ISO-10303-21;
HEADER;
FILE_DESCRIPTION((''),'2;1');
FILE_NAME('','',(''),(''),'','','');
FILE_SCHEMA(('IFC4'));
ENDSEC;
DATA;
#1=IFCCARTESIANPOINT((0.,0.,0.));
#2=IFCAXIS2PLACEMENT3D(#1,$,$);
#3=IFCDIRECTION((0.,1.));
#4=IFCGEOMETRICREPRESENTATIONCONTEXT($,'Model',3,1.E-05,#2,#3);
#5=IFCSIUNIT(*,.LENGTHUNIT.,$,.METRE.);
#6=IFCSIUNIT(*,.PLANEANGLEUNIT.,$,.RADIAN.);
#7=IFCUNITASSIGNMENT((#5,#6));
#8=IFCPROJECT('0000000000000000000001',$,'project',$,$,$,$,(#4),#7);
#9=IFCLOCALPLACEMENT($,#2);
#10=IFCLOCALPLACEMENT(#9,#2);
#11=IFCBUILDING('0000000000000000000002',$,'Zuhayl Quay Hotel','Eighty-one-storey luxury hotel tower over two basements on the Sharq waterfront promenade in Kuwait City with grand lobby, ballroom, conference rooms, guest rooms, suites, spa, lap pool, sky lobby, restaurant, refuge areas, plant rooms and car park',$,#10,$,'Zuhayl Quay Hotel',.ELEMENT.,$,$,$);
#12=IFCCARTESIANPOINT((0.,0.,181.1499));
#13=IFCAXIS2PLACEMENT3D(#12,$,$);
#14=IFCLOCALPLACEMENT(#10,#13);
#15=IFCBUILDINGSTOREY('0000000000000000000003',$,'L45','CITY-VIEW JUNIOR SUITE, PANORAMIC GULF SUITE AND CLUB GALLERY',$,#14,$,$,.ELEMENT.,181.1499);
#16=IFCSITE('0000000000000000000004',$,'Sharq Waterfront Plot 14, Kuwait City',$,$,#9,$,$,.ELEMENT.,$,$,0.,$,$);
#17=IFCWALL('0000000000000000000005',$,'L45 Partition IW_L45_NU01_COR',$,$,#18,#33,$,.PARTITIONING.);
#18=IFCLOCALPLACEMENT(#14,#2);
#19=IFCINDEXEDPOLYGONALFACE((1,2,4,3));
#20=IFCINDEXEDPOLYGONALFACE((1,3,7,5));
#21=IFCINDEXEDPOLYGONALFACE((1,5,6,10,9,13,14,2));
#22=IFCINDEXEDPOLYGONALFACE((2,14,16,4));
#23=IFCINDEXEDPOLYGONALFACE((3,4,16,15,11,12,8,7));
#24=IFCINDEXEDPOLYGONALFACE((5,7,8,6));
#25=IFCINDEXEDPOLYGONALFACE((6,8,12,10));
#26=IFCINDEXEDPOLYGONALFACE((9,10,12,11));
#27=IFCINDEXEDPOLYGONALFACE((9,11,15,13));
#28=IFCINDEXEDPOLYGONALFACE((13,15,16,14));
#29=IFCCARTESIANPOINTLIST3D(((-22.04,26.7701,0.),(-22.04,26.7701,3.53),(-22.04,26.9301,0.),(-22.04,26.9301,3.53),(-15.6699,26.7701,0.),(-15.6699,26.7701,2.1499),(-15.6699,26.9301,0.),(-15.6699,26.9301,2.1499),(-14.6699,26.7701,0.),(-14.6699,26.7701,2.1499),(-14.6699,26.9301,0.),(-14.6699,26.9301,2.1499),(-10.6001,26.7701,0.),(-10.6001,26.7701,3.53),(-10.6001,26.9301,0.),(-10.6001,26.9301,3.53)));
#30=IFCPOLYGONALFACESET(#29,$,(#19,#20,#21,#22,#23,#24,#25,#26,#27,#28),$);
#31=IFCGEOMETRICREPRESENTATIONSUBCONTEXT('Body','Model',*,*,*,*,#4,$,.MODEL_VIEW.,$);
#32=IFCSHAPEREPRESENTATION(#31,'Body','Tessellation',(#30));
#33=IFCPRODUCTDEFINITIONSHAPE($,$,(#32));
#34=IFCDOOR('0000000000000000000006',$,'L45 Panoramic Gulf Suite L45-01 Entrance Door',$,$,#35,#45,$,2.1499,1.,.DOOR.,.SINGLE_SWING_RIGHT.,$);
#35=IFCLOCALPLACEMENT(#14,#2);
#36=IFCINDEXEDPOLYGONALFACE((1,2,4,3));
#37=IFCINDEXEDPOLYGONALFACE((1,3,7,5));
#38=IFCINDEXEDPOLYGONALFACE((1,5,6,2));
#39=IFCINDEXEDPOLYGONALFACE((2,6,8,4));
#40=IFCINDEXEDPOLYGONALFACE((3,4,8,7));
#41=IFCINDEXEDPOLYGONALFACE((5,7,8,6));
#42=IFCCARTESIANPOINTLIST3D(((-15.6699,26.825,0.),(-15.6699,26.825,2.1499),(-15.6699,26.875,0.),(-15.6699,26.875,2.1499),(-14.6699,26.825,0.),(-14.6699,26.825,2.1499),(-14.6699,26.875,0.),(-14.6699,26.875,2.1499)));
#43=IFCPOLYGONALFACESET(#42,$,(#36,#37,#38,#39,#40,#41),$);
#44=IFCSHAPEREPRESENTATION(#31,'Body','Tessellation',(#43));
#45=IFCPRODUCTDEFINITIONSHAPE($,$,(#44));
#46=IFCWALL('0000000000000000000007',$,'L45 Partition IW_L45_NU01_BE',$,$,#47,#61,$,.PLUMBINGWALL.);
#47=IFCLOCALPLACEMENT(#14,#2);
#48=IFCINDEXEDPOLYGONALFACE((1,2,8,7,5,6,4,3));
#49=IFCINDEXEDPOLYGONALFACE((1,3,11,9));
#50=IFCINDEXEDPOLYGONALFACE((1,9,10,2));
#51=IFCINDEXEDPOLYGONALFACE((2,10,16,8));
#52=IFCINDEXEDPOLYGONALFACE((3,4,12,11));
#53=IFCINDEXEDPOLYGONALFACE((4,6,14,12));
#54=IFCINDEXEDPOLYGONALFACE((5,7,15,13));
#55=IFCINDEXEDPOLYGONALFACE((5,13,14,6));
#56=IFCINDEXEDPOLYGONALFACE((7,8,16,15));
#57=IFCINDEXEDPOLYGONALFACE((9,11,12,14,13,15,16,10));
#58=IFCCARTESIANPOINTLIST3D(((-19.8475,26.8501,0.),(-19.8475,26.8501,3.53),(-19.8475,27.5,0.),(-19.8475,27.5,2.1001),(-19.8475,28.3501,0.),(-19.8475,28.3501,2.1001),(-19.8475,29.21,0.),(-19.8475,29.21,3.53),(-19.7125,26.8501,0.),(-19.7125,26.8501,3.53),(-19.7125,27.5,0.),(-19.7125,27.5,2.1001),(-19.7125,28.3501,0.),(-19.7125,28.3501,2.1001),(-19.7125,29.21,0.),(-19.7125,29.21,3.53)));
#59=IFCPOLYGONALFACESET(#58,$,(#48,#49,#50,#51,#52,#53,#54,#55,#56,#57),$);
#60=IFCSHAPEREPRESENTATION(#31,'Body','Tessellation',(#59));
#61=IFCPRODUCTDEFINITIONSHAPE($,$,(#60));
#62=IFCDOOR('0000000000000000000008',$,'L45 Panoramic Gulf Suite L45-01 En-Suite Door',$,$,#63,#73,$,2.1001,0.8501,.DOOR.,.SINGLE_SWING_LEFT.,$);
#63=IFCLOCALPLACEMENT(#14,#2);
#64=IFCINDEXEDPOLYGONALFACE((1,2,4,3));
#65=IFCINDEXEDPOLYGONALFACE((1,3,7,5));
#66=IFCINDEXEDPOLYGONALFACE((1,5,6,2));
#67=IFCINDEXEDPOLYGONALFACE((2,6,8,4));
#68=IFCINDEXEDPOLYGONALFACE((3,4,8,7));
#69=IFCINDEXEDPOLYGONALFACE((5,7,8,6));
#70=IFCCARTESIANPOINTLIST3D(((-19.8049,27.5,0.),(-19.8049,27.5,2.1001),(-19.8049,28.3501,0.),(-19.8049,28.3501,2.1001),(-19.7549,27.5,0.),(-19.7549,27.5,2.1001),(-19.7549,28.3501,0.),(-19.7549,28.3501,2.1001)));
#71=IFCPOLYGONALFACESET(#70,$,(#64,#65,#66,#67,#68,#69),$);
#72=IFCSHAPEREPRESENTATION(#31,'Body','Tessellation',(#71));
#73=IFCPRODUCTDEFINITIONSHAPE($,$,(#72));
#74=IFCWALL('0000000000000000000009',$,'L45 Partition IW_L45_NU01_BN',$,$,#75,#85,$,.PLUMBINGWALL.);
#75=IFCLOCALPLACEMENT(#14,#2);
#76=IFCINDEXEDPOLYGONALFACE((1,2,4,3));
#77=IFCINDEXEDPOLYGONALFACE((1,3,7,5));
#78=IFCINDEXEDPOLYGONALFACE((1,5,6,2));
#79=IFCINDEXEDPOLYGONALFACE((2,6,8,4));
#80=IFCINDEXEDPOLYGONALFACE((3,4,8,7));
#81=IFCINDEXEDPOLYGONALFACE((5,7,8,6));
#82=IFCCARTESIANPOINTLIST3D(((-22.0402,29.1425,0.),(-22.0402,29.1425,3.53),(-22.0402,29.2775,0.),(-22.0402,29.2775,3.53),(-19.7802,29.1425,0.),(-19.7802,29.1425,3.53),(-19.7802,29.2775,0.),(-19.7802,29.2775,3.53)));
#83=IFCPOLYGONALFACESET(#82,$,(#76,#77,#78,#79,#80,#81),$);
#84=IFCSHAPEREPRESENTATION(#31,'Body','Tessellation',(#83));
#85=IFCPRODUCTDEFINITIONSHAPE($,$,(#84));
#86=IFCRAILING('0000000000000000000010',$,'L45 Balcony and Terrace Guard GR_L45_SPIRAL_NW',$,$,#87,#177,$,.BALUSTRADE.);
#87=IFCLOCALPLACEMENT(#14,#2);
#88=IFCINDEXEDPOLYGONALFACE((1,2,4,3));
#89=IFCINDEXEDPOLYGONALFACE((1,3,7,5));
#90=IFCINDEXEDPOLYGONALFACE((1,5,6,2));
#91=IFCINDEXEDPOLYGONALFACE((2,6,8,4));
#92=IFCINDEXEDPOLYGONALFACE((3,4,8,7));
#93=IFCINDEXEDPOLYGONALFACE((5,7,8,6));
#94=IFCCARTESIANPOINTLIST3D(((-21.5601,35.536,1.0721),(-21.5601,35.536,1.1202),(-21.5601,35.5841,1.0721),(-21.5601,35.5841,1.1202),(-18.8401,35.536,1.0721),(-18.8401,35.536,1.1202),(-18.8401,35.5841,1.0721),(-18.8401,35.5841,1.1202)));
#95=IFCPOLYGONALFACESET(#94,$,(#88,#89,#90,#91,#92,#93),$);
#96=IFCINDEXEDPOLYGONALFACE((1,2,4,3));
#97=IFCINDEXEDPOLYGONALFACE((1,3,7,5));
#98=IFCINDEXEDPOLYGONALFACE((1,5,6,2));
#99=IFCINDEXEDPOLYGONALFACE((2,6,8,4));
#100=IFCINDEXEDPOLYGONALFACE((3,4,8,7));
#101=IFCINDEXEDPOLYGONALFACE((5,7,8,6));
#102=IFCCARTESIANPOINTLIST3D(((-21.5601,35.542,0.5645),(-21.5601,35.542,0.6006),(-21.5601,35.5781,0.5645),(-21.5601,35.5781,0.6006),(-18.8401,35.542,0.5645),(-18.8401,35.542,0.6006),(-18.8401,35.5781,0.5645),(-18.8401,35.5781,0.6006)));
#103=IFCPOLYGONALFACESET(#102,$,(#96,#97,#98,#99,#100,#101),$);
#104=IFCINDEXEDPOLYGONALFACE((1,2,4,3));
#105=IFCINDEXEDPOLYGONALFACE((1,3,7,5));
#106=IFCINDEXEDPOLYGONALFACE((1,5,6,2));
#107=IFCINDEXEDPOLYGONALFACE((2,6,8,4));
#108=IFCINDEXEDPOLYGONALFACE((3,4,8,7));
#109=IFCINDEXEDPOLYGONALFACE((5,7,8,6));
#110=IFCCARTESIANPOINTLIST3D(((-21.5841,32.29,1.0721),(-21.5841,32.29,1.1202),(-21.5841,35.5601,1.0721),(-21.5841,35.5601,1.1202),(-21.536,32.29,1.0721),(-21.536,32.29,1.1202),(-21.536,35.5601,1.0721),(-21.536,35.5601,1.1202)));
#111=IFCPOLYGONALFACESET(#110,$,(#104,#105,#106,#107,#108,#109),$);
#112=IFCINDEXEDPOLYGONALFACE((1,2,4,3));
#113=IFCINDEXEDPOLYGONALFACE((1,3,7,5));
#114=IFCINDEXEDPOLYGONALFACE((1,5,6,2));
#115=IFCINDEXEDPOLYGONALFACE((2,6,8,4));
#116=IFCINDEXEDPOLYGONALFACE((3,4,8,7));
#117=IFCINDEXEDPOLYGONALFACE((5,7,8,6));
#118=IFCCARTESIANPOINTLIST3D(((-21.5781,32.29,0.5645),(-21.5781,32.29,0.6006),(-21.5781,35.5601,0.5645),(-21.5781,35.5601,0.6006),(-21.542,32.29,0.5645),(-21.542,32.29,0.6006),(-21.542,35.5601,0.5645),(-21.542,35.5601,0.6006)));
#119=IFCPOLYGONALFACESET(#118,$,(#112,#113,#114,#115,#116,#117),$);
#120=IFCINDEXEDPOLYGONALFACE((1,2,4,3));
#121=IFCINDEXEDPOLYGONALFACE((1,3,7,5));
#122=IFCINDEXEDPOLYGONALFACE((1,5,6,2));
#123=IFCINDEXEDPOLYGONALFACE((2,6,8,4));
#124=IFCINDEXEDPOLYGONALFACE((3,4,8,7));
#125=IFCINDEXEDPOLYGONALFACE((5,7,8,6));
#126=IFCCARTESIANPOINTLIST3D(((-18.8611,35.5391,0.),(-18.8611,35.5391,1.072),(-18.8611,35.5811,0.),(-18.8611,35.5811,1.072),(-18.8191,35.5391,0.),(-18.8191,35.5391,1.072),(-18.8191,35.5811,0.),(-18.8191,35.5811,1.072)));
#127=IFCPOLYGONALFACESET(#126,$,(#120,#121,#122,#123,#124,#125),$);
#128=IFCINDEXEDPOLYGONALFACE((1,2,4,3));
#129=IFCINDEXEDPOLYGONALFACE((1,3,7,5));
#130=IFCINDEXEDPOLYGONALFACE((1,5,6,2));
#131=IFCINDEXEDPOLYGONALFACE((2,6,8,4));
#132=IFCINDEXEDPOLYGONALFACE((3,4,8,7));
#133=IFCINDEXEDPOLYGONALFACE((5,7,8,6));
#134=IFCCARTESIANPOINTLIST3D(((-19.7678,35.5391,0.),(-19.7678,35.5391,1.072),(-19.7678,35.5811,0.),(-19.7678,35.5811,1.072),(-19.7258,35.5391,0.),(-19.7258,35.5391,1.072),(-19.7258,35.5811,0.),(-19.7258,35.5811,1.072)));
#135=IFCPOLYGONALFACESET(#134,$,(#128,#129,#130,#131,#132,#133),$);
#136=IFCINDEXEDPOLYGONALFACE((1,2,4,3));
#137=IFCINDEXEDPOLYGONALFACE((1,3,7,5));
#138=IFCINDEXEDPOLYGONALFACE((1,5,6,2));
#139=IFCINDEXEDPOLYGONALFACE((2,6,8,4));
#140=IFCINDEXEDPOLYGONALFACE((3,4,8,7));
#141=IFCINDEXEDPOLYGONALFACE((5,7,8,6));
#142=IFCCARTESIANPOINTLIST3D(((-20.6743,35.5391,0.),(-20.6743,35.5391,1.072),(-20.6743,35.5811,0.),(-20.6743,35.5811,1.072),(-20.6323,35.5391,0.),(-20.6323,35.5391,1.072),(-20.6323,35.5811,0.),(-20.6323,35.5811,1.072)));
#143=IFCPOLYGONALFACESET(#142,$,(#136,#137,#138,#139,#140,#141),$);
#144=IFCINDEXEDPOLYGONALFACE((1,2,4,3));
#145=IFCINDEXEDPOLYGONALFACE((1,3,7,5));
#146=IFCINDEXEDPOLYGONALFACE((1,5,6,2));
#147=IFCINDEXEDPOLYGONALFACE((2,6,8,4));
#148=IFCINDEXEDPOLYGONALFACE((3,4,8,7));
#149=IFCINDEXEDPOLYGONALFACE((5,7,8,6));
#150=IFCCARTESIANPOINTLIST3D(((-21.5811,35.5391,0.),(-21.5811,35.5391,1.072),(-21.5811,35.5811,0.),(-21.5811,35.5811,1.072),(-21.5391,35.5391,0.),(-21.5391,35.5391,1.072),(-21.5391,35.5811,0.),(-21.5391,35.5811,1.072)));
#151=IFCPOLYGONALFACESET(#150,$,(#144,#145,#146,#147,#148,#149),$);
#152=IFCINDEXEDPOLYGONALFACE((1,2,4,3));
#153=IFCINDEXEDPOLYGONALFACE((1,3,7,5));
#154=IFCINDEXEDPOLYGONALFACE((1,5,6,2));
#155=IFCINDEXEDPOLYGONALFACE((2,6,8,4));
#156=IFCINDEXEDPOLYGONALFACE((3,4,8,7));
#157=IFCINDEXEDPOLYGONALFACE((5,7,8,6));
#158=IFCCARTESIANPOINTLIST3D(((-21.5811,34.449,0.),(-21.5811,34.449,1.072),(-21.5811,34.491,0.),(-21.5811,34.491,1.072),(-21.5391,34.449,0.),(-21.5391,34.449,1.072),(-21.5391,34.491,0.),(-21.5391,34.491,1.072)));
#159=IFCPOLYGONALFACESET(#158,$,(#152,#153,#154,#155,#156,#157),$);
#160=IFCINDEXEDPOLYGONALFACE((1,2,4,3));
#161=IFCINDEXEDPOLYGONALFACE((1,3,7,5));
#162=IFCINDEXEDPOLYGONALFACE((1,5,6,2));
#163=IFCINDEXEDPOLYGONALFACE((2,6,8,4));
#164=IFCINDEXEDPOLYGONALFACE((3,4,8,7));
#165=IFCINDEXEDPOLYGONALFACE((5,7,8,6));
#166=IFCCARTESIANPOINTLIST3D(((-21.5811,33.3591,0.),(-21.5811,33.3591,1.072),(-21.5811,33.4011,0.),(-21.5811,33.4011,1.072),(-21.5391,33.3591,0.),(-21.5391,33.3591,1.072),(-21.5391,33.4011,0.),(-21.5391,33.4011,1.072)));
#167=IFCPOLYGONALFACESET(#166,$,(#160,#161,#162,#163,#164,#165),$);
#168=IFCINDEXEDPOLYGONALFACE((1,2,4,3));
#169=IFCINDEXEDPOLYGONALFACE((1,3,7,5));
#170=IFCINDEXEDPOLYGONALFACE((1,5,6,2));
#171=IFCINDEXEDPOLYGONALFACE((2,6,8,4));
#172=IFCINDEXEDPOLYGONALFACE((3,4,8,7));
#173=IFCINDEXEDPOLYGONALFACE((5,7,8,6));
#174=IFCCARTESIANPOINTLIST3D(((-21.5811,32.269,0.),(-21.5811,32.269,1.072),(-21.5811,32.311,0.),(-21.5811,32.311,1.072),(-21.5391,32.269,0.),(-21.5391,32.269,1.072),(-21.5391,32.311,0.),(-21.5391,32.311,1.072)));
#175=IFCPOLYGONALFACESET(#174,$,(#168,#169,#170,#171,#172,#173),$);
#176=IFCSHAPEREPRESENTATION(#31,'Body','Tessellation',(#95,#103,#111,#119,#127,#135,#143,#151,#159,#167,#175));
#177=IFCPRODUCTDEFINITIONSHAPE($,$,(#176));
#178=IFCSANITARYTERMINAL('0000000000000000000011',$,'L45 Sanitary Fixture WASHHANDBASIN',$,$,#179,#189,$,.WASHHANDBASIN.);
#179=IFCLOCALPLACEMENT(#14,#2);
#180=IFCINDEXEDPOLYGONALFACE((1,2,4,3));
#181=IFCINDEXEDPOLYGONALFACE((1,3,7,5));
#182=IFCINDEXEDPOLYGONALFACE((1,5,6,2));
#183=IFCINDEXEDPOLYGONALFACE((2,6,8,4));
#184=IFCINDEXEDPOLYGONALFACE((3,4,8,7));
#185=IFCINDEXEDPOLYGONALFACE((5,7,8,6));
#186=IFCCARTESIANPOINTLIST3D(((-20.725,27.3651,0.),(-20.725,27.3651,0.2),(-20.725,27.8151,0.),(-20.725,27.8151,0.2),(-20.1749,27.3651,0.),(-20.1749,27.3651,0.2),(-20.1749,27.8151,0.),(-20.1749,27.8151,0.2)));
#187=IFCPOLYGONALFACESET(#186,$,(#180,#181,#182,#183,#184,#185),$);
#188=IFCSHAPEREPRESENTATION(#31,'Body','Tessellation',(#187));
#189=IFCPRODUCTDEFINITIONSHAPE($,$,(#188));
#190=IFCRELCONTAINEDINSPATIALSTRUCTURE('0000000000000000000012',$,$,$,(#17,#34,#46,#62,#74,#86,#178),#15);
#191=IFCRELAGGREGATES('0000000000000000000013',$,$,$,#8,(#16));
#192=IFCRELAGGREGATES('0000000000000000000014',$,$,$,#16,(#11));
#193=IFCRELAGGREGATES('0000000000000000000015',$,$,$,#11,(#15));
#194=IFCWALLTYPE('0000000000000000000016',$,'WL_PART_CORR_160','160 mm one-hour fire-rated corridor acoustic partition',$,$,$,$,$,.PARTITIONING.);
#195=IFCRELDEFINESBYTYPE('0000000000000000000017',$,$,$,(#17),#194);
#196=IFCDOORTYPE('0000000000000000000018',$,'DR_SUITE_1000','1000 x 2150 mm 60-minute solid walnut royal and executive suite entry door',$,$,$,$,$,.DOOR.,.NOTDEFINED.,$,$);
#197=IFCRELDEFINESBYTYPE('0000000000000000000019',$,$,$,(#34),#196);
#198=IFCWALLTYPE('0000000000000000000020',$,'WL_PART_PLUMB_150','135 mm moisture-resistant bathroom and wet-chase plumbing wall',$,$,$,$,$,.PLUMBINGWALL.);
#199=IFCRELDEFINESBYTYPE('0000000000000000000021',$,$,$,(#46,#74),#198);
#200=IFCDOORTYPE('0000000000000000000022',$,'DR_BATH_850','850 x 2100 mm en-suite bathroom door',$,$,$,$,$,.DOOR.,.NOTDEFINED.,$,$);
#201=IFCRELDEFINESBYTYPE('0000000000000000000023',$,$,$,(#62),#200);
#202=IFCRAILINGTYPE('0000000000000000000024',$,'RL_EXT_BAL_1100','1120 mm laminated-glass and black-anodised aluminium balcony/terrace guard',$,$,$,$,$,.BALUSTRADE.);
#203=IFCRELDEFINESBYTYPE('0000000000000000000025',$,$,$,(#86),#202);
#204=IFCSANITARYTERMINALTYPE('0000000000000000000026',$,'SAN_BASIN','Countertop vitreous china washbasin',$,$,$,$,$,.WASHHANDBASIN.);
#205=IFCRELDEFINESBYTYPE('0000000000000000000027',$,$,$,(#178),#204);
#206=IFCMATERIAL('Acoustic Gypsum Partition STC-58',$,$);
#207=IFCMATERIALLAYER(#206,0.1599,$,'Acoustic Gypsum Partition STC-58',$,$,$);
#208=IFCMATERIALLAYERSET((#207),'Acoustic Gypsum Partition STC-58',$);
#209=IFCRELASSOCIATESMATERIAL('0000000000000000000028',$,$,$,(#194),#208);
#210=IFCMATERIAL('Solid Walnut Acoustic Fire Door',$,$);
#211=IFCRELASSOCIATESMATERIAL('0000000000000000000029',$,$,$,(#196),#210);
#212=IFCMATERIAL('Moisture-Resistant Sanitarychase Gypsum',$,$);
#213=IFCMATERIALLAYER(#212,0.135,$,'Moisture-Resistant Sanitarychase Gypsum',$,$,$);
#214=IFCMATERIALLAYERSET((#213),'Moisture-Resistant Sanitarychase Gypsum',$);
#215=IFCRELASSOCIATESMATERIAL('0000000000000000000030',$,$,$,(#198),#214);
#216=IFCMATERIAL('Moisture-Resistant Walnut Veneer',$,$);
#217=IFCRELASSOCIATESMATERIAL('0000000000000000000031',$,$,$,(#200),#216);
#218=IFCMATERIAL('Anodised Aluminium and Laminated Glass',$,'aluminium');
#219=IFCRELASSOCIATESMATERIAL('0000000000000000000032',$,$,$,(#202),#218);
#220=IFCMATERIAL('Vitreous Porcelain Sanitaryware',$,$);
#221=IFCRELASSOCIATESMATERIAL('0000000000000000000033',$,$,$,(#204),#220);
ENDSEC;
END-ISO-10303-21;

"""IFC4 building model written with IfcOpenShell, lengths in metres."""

from ifc_helpers import new_model, si_unit, direction, frame, frame_2d, origin, origin_2d, place, context, subcontext, project, spatial, rectangle, extrude, material, layer, layer_set, type_object, element, fill, save


model = new_model("IFC4")

# Units and contexts
model_context = context("Model", 3, precision=1e-05, world=origin(), true_north=direction((0.0, 1.0)))
body_context = subcontext(model_context, "Body", "Model", "MODEL_VIEW")
ifc_project = project(units=[si_unit("LENGTHUNIT", "METRE"), si_unit("PLANEANGLEUNIT", "RADIAN")], contexts=[model_context])

# Site, building, storey
site_placement = place(None, origin())
site = spatial("IfcSite", under=ifc_project, at=site_placement, Name="Sharq Waterfront Plot 14, Kuwait City", CompositionType="ELEMENT", RefElevation=0.0)
building_placement = place(site_placement, origin())
building = spatial("IfcBuilding", under=site, at=building_placement, Name="Zuhayl Quay Hotel", Description="Eighty-one-storey luxury hotel tower over two basements on the Sharq waterfront promenade in Kuwait City with grand lobby, ballroom, conference rooms, guest rooms, suites, spa, lap pool, sky lobby, restaurant, refuge areas, plant rooms and car park", LongName="Zuhayl Quay Hotel", CompositionType="ELEMENT")
storey_placement = place(building_placement, frame((0.0, 0.0, 181.1499)))
storey = spatial("IfcBuildingStorey", under=building, at=storey_placement, Name="L45", Description="CITY-VIEW JUNIOR SUITE, PANORAMIC GULF SUITE AND CLUB GALLERY", CompositionType="ELEMENT", Elevation=181.1499)

# Walls, openings, doors
ifc_material_1 = material(Name="Acoustic Gypsum Partition STC-58")
ifc_layer_1 = layer(ifc_material_1, 0.1599, Name="Acoustic Gypsum Partition STC-58")
ifc_layer_set_1 = layer_set([ifc_layer_1], Name="Acoustic Gypsum Partition STC-58")
wall_type_1 = type_object("IfcWallType", Name="WL_PART_CORR_160", Description="160 mm one-hour fire-rated corridor acoustic partition", PredefinedType="PARTITIONING", material=ifc_layer_set_1)
wall_1_placement = place(storey_placement, frame((-22.04, 26.8501, 0.0), z_axis=(0.0, 0.0, 1.0), x_axis=(1.0, 0.0, 0.0)))
wall_1 = element("IfcWall", 1, at=wall_1_placement, inside=storey, type_object=wall_type_1, Name="L45 Partition IW_L45_NU01_COR", PredefinedType="PARTITIONING", context=body_context, shape_type="SweptSolid", body=[
    extrude(rectangle(XDim=11.4399, YDim=0.1599, at=frame_2d((5.72, 0.0))), origin(), (0.0, 0.0, 1.0), 3.53),
])
opening_1_placement = place(wall_1_placement, frame((6.3701, 0.0, 0.0)))
opening_1 = element("IfcOpeningElement", 2, at=opening_1_placement, cuts=wall_1, PredefinedType="OPENING", context=body_context, shape_type="SweptSolid", body=[
    extrude(rectangle(XDim=1.0, YDim=2.1499, at=frame_2d((0.5, 1.075))), frame((0.0, 0.0898, 0.0), z_axis=(0.0, -1.0, 0.0), x_axis=(1.0, 0.0, 0.0)), (0.0, 0.0, 1.0), 0.1799),
])
ifc_material_2 = material(Name="Solid Walnut Acoustic Fire Door")
door_type_1 = type_object("IfcDoorType", Name="DR_SUITE_1000", Description="1000 x 2150 mm 60-minute solid walnut royal and executive suite entry door", OperationType="NOTDEFINED", PredefinedType="DOOR", material=ifc_material_2)
door_1_placement = place(opening_1_placement, origin())
door_1 = element("IfcDoor", 3, at=door_1_placement, inside=storey, type_object=door_type_1, Name="L45 Panoramic Gulf Suite L45-01 Entrance Door", OperationType="SINGLE_SWING_RIGHT", OverallHeight=2.1499, OverallWidth=1.0, PredefinedType="DOOR", context=body_context, shape_type="SweptSolid", body=[
    extrude(rectangle(XDim=1.0, YDim=2.1499, at=frame_2d((0.5, 1.075))), frame((0.0, 0.0249, 0.0), z_axis=(0.0, -1.0, 0.0), x_axis=(1.0, 0.0, 0.0)), (0.0, 0.0, 1.0), 0.05),
])
fill(opening_1, door_1)
ifc_material_3 = material(Name="Moisture-Resistant Sanitarychase Gypsum")
ifc_layer_2 = layer(ifc_material_3, 0.135, Name="Moisture-Resistant Sanitarychase Gypsum")
ifc_layer_set_2 = layer_set([ifc_layer_2], Name="Moisture-Resistant Sanitarychase Gypsum")
wall_type_2 = type_object("IfcWallType", Name="WL_PART_PLUMB_150", Description="135 mm moisture-resistant bathroom and wet-chase plumbing wall", PredefinedType="PLUMBINGWALL", material=ifc_layer_set_2)
wall_2_placement = place(storey_placement, frame((-19.78, 26.8501, 0.0), z_axis=(0.0, 0.0, 1.0), x_axis=(0.0, 1.0, 0.0)))
wall_2 = element("IfcWall", 4, at=wall_2_placement, inside=storey, type_object=wall_type_2, Name="L45 Partition IW_L45_NU01_BE", PredefinedType="PLUMBINGWALL", context=body_context, shape_type="SweptSolid", body=[
    extrude(rectangle(XDim=2.3599, YDim=0.135, at=frame_2d((1.1799, 0.0))), origin(), (0.0, 0.0, 1.0), 3.53),
])
opening_2_placement = place(wall_2_placement, frame((0.6499, 0.0, 0.0)))
opening_2 = element("IfcOpeningElement", 5, at=opening_2_placement, cuts=wall_2, PredefinedType="OPENING", context=body_context, shape_type="SweptSolid", body=[
    extrude(rectangle(XDim=0.8501, YDim=2.1001, at=frame_2d((0.425, 1.05))), frame((0.0, 0.0774, 0.0), z_axis=(0.0, -1.0, 0.0), x_axis=(1.0, 0.0, 0.0)), (0.0, 0.0, 1.0), 0.155),
])
ifc_material_4 = material(Name="Moisture-Resistant Walnut Veneer")
door_type_2 = type_object("IfcDoorType", Name="DR_BATH_850", Description="850 x 2100 mm en-suite bathroom door", OperationType="NOTDEFINED", PredefinedType="DOOR", material=ifc_material_4)
door_2_placement = place(opening_2_placement, origin())
door_2 = element("IfcDoor", 6, at=door_2_placement, inside=storey, type_object=door_type_2, Name="L45 Panoramic Gulf Suite L45-01 En-Suite Door", OperationType="SINGLE_SWING_LEFT", OverallHeight=2.1001, OverallWidth=0.8501, PredefinedType="DOOR", context=body_context, shape_type="SweptSolid", body=[
    extrude(rectangle(XDim=0.8501, YDim=2.1001, at=frame_2d((0.425, 1.05))), frame((0.0, 0.0249, 0.0), z_axis=(0.0, -1.0, 0.0), x_axis=(1.0, 0.0, 0.0)), (0.0, 0.0, 1.0), 0.05),
])
fill(opening_2, door_2)

# Wall
wall_3_placement = place(storey_placement, frame((-22.04, 29.21, 0.0), z_axis=(0.0, 0.0, 1.0), x_axis=(1.0, 0.0, 0.0)))
element("IfcWall", 7, at=wall_3_placement, inside=storey, type_object=wall_type_2, Name="L45 Partition IW_L45_NU01_BN", PredefinedType="PLUMBINGWALL", context=body_context, shape_type="SweptSolid", body=[
    extrude(rectangle(XDim=2.26, YDim=0.135, at=frame_2d((1.1299, 0.0))), origin(), (0.0, 0.0, 1.0), 3.53),
])

# Railing
ifc_material_5 = material(Name="Anodised Aluminium and Laminated Glass", Category="aluminium")
railing_type = type_object("IfcRailingType", Name="RL_EXT_BAL_1100", Description="1120 mm laminated-glass and black-anodised aluminium balcony/terrace guard", PredefinedType="BALUSTRADE", material=ifc_material_5)
railing_1_placement = place(storey_placement, frame((-18.8401, 35.5601, 0.0)))
element("IfcRailing", 8, at=railing_1_placement, inside=storey, type_object=railing_type, Name="L45 Balcony and Terrace Guard GR_L45_SPIRAL_NW", PredefinedType="BALUSTRADE", context=body_context, shape_type="SweptSolid", body=[
    extrude(rectangle(XDim=0.0481, YDim=0.0481, at=origin_2d()), frame((0.0, 0.0, 1.0962), z_axis=(-1.0, 0.0, 0.0), x_axis=(0.0, -1.0, 0.0)), (0.0, 0.0, 1.0), 2.72),
    extrude(rectangle(XDim=0.0361, YDim=0.0361, at=origin_2d()), frame((0.0, 0.0, 0.5825), z_axis=(-1.0, 0.0, 0.0), x_axis=(0.0, -1.0, 0.0)), (0.0, 0.0, 1.0), 2.72),
    extrude(rectangle(XDim=0.0481, YDim=0.0481, at=origin_2d()), frame((-2.72, 0.0, 1.0962), z_axis=(0.0, -1.0, 0.0), x_axis=(1.0, 0.0, 0.0)), (0.0, 0.0, 1.0), 3.27),
    extrude(rectangle(XDim=0.0361, YDim=0.0361, at=origin_2d()), frame((-2.72, 0.0, 0.5825), z_axis=(0.0, -1.0, 0.0), x_axis=(1.0, 0.0, 0.0)), (0.0, 0.0, 1.0), 3.27),
    extrude(rectangle(XDim=0.042, YDim=0.042, at=origin_2d()), origin(), (0.0, 0.0, 1.0), 1.072),
    extrude(rectangle(XDim=0.042, YDim=0.042, at=origin_2d()), frame((-0.9067, 0.0, 0.0)), (0.0, 0.0, 1.0), 1.072),
    extrude(rectangle(XDim=0.042, YDim=0.042, at=origin_2d()), frame((-1.8132, 0.0, 0.0)), (0.0, 0.0, 1.0), 1.072),
    extrude(rectangle(XDim=0.042, YDim=0.042, at=origin_2d()), frame((-2.72, 0.0, 0.0)), (0.0, 0.0, 1.0), 1.072),
    extrude(rectangle(XDim=0.042, YDim=0.042, at=origin_2d()), frame((-2.72, -1.0901, 0.0)), (0.0, 0.0, 1.0), 1.072),
    extrude(rectangle(XDim=0.042, YDim=0.042, at=origin_2d()), frame((-2.72, -2.1799, 0.0)), (0.0, 0.0, 1.0), 1.072),
    extrude(rectangle(XDim=0.042, YDim=0.042, at=origin_2d()), frame((-2.72, -3.27, 0.0)), (0.0, 0.0, 1.0), 1.072),
])

# Sanitary terminal
ifc_material_6 = material(Name="Vitreous Porcelain Sanitaryware")
sanitary_terminal_type_1 = type_object("IfcSanitaryTerminalType", Name="SAN_BASIN", Description="Countertop vitreous china washbasin", PredefinedType="WASHHANDBASIN", material=ifc_material_6)
sanitary_terminal_1_placement = place(storey_placement, frame((-20.45, 27.5901, 0.0), z_axis=(0.0, 0.0, 1.0), x_axis=(1.0, 0.0, 0.0)))
element("IfcSanitaryTerminal", 9, at=sanitary_terminal_1_placement, inside=storey, type_object=sanitary_terminal_type_1, Name="L45 Sanitary Fixture WASHHANDBASIN", PredefinedType="WASHHANDBASIN", context=body_context, shape_type="SweptSolid", body=[
    extrude(rectangle(XDim=0.55, YDim=0.45, at=origin_2d()), origin(), (0.0, 0.0, 1.0), 0.2),
])

save(model, "model.ifc")
